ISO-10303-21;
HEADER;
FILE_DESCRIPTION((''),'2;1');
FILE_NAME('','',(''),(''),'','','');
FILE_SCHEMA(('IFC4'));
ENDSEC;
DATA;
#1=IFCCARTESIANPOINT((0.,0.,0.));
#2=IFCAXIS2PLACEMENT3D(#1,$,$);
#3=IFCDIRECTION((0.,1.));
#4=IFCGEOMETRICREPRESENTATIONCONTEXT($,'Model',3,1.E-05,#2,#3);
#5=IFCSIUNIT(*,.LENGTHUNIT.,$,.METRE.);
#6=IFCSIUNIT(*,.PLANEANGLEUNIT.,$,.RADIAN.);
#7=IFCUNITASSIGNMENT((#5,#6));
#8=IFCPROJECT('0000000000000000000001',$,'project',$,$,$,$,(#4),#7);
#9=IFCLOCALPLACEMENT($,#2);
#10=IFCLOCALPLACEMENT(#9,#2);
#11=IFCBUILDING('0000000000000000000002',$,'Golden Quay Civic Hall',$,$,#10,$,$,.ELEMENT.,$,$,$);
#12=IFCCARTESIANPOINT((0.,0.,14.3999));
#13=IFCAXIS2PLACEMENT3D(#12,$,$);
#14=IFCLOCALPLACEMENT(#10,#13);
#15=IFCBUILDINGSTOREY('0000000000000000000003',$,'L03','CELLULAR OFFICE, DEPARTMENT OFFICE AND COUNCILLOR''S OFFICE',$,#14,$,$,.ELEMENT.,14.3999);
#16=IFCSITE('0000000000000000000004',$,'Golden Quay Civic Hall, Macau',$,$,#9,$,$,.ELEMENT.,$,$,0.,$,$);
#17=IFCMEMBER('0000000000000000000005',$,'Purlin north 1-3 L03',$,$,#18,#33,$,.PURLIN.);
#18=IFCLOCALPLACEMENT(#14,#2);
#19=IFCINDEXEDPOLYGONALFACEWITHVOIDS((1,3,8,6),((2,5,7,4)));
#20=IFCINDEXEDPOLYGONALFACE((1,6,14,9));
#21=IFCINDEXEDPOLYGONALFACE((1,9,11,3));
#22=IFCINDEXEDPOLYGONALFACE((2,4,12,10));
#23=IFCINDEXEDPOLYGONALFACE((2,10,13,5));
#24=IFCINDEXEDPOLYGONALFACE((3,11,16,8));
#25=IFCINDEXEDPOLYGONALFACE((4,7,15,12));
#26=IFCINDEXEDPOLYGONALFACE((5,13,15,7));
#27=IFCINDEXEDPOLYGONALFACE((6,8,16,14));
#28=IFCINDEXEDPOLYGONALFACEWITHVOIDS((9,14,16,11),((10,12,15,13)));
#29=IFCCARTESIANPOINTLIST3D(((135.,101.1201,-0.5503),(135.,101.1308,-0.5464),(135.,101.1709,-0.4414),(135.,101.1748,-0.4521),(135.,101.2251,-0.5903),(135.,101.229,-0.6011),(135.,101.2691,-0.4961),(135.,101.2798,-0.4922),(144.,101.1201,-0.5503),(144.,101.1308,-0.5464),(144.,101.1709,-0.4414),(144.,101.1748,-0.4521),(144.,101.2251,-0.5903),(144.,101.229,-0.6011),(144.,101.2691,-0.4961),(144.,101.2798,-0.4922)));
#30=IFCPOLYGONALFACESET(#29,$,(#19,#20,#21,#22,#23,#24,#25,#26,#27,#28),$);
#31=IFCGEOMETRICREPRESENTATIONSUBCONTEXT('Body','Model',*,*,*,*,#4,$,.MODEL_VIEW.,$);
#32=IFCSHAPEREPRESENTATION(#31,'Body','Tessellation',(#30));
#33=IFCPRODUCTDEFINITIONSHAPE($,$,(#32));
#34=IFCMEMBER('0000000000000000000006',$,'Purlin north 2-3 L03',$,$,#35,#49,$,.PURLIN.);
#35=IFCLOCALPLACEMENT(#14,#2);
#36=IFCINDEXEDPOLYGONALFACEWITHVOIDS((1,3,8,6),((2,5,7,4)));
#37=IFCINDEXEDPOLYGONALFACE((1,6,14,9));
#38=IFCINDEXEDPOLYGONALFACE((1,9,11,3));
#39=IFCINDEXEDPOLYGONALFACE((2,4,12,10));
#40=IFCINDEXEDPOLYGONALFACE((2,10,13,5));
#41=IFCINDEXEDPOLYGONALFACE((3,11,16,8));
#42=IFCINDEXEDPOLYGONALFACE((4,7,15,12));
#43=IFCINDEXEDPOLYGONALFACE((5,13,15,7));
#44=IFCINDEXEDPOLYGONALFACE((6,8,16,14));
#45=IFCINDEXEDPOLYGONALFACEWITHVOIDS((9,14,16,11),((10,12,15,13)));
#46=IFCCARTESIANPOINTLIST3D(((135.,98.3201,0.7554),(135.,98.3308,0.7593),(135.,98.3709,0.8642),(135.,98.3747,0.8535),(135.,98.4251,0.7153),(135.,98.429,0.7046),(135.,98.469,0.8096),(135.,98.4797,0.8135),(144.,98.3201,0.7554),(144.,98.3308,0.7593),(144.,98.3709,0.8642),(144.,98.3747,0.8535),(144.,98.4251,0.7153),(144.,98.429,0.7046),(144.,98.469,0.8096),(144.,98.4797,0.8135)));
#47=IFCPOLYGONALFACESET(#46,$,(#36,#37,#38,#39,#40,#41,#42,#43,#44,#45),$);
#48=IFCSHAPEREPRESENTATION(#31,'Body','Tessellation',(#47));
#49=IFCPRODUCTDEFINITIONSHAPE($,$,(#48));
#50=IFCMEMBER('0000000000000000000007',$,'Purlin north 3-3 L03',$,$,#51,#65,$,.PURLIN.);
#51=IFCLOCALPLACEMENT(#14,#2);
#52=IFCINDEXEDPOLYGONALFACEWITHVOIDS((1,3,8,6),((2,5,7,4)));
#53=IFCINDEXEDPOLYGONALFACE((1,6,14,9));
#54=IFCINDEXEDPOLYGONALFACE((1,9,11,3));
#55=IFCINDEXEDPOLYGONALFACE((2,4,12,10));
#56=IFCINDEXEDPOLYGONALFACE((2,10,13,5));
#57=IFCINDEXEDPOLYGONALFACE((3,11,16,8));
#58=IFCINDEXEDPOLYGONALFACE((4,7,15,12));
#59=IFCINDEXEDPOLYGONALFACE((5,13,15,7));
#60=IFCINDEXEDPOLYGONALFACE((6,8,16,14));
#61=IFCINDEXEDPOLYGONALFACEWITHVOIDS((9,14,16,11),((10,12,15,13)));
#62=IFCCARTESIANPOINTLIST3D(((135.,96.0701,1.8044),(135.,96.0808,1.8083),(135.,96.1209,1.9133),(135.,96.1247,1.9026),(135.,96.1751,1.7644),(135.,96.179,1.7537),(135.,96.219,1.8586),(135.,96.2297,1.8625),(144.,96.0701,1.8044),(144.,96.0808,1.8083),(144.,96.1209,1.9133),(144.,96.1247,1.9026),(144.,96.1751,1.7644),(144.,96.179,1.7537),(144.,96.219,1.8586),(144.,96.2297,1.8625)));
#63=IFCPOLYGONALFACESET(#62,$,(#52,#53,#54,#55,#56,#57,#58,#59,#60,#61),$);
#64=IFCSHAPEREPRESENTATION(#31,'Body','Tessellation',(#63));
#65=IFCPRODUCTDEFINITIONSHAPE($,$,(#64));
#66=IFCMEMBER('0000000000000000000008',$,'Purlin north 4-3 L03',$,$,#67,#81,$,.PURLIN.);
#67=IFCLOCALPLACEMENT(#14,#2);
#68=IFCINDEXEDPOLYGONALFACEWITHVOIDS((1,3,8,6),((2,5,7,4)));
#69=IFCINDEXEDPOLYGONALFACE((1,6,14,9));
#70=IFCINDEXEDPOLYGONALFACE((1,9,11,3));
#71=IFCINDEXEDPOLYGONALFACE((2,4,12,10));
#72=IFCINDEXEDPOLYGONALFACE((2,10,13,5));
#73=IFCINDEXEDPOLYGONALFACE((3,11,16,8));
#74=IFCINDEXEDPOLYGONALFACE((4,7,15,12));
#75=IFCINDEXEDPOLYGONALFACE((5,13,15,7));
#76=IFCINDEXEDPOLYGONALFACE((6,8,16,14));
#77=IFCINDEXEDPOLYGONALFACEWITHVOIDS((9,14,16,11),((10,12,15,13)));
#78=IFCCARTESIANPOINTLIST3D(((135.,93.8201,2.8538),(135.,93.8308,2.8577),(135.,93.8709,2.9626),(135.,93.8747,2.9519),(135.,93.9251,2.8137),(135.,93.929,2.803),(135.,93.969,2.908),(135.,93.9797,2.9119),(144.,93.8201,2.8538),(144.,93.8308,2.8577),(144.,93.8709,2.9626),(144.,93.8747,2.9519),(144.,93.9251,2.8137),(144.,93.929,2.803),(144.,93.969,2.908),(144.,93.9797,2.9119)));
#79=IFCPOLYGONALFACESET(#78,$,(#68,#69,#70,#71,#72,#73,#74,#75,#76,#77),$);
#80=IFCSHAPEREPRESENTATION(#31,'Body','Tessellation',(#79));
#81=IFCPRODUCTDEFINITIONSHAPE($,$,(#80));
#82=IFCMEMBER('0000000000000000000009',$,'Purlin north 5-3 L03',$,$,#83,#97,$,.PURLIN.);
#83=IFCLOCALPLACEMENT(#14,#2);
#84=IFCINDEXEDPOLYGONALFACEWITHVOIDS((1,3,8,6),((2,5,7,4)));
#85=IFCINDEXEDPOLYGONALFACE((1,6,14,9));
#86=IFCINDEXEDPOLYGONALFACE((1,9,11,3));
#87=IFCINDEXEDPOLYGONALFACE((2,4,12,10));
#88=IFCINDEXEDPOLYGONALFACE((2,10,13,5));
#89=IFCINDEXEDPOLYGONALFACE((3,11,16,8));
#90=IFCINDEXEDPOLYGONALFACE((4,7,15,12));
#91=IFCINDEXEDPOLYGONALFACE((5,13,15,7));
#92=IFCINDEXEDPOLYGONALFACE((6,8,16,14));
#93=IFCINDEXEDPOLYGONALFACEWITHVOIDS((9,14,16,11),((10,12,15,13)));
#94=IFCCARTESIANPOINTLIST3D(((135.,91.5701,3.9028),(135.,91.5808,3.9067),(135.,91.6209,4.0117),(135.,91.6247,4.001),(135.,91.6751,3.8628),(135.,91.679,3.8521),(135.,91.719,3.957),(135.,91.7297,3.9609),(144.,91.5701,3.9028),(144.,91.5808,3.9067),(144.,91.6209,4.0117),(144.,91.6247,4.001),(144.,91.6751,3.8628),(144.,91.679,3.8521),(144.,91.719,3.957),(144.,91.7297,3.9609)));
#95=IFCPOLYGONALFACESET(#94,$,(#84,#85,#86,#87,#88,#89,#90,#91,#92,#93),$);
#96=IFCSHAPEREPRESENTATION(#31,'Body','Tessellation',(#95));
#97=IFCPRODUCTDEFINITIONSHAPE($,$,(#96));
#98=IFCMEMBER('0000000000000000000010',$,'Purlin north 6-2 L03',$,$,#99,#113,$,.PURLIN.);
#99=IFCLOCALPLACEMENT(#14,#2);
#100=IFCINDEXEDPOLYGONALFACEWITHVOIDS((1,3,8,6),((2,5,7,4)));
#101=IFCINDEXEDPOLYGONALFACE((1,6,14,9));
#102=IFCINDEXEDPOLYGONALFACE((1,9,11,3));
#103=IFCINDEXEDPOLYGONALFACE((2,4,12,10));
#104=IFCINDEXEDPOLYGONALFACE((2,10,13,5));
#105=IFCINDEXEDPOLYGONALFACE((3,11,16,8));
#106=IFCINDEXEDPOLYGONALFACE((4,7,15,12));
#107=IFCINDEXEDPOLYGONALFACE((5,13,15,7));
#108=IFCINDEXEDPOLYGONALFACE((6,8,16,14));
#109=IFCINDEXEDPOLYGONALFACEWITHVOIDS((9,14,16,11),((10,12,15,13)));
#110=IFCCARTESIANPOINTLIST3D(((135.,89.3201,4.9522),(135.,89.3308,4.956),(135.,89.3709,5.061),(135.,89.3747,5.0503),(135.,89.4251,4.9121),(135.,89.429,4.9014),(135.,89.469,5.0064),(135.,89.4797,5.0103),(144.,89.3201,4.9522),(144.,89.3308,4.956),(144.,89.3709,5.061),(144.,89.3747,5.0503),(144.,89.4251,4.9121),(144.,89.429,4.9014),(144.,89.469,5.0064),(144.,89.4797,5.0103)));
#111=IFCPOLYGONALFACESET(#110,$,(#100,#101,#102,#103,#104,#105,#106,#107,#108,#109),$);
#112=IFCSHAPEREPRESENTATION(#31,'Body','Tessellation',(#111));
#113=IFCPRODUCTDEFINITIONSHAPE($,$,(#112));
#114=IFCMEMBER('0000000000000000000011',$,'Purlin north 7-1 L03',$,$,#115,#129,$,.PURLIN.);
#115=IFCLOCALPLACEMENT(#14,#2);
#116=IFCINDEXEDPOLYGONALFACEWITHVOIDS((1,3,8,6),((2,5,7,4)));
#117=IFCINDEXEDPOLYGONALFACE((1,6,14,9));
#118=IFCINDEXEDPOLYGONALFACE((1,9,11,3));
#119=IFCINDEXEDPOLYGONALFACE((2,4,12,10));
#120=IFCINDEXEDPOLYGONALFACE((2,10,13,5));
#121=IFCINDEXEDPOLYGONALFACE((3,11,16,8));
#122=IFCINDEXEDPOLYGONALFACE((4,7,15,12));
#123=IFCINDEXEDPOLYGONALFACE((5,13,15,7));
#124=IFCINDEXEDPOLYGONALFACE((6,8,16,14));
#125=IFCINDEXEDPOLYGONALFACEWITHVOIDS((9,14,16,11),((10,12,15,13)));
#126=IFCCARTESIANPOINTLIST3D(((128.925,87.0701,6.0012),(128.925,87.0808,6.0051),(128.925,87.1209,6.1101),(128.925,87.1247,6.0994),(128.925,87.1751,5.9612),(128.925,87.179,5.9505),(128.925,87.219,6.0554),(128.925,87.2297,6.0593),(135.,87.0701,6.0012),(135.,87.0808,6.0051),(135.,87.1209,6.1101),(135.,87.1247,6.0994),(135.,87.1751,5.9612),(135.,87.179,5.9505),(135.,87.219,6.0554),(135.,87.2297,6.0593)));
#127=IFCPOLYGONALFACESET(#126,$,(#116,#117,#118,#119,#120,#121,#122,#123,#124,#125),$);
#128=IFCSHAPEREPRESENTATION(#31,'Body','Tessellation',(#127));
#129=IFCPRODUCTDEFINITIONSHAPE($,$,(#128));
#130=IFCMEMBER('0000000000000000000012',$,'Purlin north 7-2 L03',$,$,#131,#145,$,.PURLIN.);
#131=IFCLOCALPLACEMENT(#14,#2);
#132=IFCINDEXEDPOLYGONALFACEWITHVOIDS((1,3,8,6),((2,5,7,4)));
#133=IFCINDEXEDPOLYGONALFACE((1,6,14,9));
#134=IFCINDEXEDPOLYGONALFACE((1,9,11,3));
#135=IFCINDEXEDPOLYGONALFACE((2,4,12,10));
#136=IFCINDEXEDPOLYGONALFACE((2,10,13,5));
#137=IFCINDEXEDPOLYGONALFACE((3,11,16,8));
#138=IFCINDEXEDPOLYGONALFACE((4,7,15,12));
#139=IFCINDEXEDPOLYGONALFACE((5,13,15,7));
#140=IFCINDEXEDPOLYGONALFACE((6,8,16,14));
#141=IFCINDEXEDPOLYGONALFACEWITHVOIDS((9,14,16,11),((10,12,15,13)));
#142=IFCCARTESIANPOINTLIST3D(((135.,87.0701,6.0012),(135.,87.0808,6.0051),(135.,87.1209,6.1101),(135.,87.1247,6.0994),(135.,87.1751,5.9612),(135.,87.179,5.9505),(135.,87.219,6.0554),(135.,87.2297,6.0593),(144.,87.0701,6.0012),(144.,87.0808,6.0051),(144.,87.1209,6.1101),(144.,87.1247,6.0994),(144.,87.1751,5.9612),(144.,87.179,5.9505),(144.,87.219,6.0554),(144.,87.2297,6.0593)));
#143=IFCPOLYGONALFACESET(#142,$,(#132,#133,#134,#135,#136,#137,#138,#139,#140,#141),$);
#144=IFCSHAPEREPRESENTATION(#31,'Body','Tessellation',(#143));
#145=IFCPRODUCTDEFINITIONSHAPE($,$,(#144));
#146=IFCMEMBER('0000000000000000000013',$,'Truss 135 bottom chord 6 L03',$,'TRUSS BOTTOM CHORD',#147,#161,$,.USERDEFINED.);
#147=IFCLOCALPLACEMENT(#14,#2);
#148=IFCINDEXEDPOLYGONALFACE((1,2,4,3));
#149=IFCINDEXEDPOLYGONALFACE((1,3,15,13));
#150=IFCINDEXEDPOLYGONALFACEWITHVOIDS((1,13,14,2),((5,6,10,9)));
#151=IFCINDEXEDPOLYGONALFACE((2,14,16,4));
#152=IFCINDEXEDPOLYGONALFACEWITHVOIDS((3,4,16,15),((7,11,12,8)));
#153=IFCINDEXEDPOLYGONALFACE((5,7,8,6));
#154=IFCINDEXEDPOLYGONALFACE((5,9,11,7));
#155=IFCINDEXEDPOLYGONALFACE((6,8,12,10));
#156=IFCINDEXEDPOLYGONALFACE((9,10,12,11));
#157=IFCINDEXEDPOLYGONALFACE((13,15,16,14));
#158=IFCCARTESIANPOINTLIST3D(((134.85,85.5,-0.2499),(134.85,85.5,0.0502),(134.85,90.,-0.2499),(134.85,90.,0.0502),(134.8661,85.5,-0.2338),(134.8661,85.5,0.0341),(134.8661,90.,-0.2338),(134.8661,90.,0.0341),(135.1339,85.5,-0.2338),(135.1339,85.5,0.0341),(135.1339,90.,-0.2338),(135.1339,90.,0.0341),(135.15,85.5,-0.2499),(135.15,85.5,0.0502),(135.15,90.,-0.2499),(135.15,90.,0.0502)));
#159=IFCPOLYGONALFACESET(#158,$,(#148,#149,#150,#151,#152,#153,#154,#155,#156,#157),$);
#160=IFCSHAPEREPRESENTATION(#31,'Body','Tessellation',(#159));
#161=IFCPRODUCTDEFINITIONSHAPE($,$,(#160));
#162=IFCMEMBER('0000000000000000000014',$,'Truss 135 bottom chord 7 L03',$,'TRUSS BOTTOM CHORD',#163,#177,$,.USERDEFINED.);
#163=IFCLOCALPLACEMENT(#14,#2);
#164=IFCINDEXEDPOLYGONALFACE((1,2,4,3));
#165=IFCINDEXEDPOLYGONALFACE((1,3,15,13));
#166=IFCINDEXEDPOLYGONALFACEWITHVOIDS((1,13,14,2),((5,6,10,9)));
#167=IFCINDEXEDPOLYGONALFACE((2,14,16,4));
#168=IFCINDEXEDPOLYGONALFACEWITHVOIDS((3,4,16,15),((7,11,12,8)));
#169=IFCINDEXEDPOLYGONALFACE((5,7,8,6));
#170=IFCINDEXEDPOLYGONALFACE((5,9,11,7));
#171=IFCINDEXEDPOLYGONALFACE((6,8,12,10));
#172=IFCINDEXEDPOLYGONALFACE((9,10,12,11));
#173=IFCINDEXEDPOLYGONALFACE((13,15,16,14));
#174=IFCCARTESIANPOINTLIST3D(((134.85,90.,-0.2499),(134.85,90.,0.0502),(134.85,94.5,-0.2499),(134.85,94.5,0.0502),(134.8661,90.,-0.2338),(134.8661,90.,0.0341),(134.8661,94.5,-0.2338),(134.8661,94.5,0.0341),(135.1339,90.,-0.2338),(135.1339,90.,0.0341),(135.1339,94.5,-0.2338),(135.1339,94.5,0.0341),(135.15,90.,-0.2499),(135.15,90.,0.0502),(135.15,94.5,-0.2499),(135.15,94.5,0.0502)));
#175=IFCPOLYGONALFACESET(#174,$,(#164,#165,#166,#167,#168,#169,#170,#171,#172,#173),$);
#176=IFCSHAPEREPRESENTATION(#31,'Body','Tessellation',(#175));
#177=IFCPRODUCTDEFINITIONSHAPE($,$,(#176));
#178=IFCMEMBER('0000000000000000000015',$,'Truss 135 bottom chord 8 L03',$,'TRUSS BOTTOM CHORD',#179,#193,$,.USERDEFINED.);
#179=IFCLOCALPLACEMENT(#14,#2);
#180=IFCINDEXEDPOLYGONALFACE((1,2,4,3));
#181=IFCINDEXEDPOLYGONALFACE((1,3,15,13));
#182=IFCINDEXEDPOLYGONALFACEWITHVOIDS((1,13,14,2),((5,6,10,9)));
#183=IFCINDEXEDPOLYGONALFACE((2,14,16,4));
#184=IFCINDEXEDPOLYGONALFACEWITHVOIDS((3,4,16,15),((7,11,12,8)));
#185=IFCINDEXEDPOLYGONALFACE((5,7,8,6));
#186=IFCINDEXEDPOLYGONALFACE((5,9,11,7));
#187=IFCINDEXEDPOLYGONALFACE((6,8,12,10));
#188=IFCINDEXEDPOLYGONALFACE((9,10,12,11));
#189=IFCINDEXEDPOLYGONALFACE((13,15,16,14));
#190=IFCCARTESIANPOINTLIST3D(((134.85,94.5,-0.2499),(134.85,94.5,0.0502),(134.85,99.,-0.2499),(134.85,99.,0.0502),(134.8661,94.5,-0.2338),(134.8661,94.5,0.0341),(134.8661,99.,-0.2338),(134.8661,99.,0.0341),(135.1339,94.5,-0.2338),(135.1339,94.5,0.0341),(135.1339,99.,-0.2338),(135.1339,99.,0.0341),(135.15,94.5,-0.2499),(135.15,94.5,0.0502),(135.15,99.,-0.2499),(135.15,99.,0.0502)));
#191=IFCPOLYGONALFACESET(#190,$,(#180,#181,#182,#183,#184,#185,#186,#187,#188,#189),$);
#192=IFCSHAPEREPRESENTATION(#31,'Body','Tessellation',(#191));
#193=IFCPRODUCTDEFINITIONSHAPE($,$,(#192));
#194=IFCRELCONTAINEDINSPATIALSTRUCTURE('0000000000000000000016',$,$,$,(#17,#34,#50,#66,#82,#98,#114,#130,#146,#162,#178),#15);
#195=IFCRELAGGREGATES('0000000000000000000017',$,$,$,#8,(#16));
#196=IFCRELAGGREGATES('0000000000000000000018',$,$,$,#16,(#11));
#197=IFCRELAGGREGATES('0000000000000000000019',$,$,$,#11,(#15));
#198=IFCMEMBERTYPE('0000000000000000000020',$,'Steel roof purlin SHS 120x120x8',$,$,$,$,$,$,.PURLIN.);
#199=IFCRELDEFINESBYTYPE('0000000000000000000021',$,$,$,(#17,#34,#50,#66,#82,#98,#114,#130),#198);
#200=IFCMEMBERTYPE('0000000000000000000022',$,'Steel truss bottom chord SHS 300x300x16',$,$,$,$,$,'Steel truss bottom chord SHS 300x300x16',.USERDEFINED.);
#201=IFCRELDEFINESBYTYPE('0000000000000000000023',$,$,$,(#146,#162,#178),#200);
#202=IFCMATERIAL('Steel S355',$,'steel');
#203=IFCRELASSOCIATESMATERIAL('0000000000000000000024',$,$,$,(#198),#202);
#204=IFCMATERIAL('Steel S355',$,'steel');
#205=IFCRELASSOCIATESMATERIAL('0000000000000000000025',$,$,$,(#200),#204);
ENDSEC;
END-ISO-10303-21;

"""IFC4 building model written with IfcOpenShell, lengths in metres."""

from ifc_helpers import new_model, si_unit, direction, frame, origin, origin_2d, place, context, subcontext, project, spatial, hollow_rectangle, extrude, material, material_profile, profile_set, type_object, element, save


model = new_model("IFC4")

# Units and contexts
model_context = context("Model", 3, precision=1e-05, world=origin(), true_north=direction((0.0, 1.0)))
body_context = subcontext(model_context, "Body", "Model", "MODEL_VIEW")
ifc_project = project(units=[si_unit("LENGTHUNIT", "METRE"), si_unit("PLANEANGLEUNIT", "RADIAN")], contexts=[model_context])

# Site, building, storey
site_placement = place(None, origin())
site = spatial("IfcSite", under=ifc_project, at=site_placement, Name="Golden Quay Civic Hall, Macau", CompositionType="ELEMENT", RefElevation=0.0)
building_placement = place(site_placement, origin())
building = spatial("IfcBuilding", under=site, at=building_placement, Name="Golden Quay Civic Hall", CompositionType="ELEMENT")
storey_placement = place(building_placement, frame((0.0, 0.0, 14.3999)))
storey = spatial("IfcBuildingStorey", under=building, at=storey_placement, Name="L03", Description="CELLULAR OFFICE, DEPARTMENT OFFICE AND COUNCILLOR'S OFFICE", CompositionType="ELEMENT", Elevation=14.3999)

# Members
ifc_material_1 = material(Name="Steel S355", Category="steel")
ifc_material_profile_1 = material_profile(ifc_material_1, hollow_rectangle(XDim=0.1201, YDim=0.1201, WallThickness=0.0081, at=origin_2d()), Name="SHS 120x120x8")
ifc_profile_set_1 = profile_set([ifc_material_profile_1], Name="Steel S355")
member_type_1 = type_object("IfcMemberType", Name="Steel roof purlin SHS 120x120x8", PredefinedType="PURLIN", material=ifc_profile_set_1)
for number, where, z_axis, x_axis, name in (
    (1, (135.0, 101.2, -0.5212), (1.0, 0.0, 0.0), (0.0, 0.906308, -0.422618), "Purlin north 1-3 L03"),
    (2, (135.0, 98.3999, 0.7844), (1.0, 0.0, 0.0), (0.0, 0.906308, -0.422618), "Purlin north 2-3 L03"),
    (3, (135.0, 96.1499, 1.8335), (1.0, 0.0, 0.0), (0.0, 0.906308, -0.422618), "Purlin north 3-3 L03"),
    (4, (135.0, 93.8999, 2.8828), (1.0, 0.0, 0.0), (0.0, 0.906308, -0.422618), "Purlin north 4-3 L03"),
    (5, (135.0, 91.6499, 3.9319), (1.0, 0.0, 0.0), (0.0, 0.906308, -0.422618), "Purlin north 5-3 L03"),
    (6, (135.0, 89.3999, 4.9812), (1.0, 0.0, 0.0), (0.0, 0.906308, -0.422618), "Purlin north 6-2 L03"),
):
    element("IfcMember", number, at=place(storey_placement, frame(where, z_axis=z_axis, x_axis=x_axis)), inside=storey, type_object=member_type_1, Name=name, PredefinedType="PURLIN", context=body_context, shape_type="SweptSolid", body=[
        extrude(hollow_rectangle(XDim=0.1201, YDim=0.1201, WallThickness=0.0081, at=origin_2d()), origin(), (0.0, 0.0, 1.0), 9.0),
    ])
member_1_placement = place(storey_placement, frame((128.925, 87.1499, 6.0303), z_axis=(1.0, 0.0, 0.0), x_axis=(0.0, 0.906308, -0.422618)))
element("IfcMember", 7, at=member_1_placement, inside=storey, type_object=member_type_1, Name="Purlin north 7-1 L03", PredefinedType="PURLIN", context=body_context, shape_type="SweptSolid", body=[
    extrude(hollow_rectangle(XDim=0.1201, YDim=0.1201, WallThickness=0.0081, at=origin_2d()), origin(), (0.0, 0.0, 1.0), 6.075),
])
member_2_placement = place(storey_placement, frame((135.0, 87.1499, 6.0303), z_axis=(1.0, 0.0, 0.0), x_axis=(0.0, 0.906308, -0.422618)))
element("IfcMember", 8, at=member_2_placement, inside=storey, type_object=member_type_1, Name="Purlin north 7-2 L03", PredefinedType="PURLIN", context=body_context, shape_type="SweptSolid", body=[
    extrude(hollow_rectangle(XDim=0.1201, YDim=0.1201, WallThickness=0.0081, at=origin_2d()), origin(), (0.0, 0.0, 1.0), 9.0),
])
ifc_material_2 = material(Name="Steel S355", Category="steel")
ifc_material_profile_2 = material_profile(ifc_material_2, hollow_rectangle(XDim=0.3, YDim=0.3, WallThickness=0.0161, at=origin_2d()), Name="SHS 300x300x16")
ifc_profile_set_2 = profile_set([ifc_material_profile_2], Name="Steel S355")
member_type_2 = type_object("IfcMemberType", Name="Steel truss bottom chord SHS 300x300x16", ElementType="Steel truss bottom chord SHS 300x300x16", PredefinedType="USERDEFINED", material=ifc_profile_set_2)
for number, where, z_axis, x_axis, name in (
    (9, (135.0, 85.5, -0.0999), (0.0, 1.0, 0.0), (-1.0, 0.0, 0.0), "Truss 135 bottom chord 6 L03"),
    (10, (135.0, 90.0, -0.0999), (0.0, 1.0, 0.0), (-1.0, 0.0, 0.0), "Truss 135 bottom chord 7 L03"),
    (11, (135.0, 94.5, -0.0999), (0.0, 1.0, 0.0), (-1.0, 0.0, 0.0), "Truss 135 bottom chord 8 L03"),
):
    element("IfcMember", number, at=place(storey_placement, frame(where, z_axis=z_axis, x_axis=x_axis)), inside=storey, type_object=member_type_2, Name=name, ObjectType="TRUSS BOTTOM CHORD", PredefinedType="USERDEFINED", context=body_context, shape_type="SweptSolid", body=[
        extrude(hollow_rectangle(XDim=0.3, YDim=0.3, WallThickness=0.0161, at=origin_2d()), origin(), (0.0, 0.0, 1.0), 4.5),
    ])

save(model, "model.ifc")
